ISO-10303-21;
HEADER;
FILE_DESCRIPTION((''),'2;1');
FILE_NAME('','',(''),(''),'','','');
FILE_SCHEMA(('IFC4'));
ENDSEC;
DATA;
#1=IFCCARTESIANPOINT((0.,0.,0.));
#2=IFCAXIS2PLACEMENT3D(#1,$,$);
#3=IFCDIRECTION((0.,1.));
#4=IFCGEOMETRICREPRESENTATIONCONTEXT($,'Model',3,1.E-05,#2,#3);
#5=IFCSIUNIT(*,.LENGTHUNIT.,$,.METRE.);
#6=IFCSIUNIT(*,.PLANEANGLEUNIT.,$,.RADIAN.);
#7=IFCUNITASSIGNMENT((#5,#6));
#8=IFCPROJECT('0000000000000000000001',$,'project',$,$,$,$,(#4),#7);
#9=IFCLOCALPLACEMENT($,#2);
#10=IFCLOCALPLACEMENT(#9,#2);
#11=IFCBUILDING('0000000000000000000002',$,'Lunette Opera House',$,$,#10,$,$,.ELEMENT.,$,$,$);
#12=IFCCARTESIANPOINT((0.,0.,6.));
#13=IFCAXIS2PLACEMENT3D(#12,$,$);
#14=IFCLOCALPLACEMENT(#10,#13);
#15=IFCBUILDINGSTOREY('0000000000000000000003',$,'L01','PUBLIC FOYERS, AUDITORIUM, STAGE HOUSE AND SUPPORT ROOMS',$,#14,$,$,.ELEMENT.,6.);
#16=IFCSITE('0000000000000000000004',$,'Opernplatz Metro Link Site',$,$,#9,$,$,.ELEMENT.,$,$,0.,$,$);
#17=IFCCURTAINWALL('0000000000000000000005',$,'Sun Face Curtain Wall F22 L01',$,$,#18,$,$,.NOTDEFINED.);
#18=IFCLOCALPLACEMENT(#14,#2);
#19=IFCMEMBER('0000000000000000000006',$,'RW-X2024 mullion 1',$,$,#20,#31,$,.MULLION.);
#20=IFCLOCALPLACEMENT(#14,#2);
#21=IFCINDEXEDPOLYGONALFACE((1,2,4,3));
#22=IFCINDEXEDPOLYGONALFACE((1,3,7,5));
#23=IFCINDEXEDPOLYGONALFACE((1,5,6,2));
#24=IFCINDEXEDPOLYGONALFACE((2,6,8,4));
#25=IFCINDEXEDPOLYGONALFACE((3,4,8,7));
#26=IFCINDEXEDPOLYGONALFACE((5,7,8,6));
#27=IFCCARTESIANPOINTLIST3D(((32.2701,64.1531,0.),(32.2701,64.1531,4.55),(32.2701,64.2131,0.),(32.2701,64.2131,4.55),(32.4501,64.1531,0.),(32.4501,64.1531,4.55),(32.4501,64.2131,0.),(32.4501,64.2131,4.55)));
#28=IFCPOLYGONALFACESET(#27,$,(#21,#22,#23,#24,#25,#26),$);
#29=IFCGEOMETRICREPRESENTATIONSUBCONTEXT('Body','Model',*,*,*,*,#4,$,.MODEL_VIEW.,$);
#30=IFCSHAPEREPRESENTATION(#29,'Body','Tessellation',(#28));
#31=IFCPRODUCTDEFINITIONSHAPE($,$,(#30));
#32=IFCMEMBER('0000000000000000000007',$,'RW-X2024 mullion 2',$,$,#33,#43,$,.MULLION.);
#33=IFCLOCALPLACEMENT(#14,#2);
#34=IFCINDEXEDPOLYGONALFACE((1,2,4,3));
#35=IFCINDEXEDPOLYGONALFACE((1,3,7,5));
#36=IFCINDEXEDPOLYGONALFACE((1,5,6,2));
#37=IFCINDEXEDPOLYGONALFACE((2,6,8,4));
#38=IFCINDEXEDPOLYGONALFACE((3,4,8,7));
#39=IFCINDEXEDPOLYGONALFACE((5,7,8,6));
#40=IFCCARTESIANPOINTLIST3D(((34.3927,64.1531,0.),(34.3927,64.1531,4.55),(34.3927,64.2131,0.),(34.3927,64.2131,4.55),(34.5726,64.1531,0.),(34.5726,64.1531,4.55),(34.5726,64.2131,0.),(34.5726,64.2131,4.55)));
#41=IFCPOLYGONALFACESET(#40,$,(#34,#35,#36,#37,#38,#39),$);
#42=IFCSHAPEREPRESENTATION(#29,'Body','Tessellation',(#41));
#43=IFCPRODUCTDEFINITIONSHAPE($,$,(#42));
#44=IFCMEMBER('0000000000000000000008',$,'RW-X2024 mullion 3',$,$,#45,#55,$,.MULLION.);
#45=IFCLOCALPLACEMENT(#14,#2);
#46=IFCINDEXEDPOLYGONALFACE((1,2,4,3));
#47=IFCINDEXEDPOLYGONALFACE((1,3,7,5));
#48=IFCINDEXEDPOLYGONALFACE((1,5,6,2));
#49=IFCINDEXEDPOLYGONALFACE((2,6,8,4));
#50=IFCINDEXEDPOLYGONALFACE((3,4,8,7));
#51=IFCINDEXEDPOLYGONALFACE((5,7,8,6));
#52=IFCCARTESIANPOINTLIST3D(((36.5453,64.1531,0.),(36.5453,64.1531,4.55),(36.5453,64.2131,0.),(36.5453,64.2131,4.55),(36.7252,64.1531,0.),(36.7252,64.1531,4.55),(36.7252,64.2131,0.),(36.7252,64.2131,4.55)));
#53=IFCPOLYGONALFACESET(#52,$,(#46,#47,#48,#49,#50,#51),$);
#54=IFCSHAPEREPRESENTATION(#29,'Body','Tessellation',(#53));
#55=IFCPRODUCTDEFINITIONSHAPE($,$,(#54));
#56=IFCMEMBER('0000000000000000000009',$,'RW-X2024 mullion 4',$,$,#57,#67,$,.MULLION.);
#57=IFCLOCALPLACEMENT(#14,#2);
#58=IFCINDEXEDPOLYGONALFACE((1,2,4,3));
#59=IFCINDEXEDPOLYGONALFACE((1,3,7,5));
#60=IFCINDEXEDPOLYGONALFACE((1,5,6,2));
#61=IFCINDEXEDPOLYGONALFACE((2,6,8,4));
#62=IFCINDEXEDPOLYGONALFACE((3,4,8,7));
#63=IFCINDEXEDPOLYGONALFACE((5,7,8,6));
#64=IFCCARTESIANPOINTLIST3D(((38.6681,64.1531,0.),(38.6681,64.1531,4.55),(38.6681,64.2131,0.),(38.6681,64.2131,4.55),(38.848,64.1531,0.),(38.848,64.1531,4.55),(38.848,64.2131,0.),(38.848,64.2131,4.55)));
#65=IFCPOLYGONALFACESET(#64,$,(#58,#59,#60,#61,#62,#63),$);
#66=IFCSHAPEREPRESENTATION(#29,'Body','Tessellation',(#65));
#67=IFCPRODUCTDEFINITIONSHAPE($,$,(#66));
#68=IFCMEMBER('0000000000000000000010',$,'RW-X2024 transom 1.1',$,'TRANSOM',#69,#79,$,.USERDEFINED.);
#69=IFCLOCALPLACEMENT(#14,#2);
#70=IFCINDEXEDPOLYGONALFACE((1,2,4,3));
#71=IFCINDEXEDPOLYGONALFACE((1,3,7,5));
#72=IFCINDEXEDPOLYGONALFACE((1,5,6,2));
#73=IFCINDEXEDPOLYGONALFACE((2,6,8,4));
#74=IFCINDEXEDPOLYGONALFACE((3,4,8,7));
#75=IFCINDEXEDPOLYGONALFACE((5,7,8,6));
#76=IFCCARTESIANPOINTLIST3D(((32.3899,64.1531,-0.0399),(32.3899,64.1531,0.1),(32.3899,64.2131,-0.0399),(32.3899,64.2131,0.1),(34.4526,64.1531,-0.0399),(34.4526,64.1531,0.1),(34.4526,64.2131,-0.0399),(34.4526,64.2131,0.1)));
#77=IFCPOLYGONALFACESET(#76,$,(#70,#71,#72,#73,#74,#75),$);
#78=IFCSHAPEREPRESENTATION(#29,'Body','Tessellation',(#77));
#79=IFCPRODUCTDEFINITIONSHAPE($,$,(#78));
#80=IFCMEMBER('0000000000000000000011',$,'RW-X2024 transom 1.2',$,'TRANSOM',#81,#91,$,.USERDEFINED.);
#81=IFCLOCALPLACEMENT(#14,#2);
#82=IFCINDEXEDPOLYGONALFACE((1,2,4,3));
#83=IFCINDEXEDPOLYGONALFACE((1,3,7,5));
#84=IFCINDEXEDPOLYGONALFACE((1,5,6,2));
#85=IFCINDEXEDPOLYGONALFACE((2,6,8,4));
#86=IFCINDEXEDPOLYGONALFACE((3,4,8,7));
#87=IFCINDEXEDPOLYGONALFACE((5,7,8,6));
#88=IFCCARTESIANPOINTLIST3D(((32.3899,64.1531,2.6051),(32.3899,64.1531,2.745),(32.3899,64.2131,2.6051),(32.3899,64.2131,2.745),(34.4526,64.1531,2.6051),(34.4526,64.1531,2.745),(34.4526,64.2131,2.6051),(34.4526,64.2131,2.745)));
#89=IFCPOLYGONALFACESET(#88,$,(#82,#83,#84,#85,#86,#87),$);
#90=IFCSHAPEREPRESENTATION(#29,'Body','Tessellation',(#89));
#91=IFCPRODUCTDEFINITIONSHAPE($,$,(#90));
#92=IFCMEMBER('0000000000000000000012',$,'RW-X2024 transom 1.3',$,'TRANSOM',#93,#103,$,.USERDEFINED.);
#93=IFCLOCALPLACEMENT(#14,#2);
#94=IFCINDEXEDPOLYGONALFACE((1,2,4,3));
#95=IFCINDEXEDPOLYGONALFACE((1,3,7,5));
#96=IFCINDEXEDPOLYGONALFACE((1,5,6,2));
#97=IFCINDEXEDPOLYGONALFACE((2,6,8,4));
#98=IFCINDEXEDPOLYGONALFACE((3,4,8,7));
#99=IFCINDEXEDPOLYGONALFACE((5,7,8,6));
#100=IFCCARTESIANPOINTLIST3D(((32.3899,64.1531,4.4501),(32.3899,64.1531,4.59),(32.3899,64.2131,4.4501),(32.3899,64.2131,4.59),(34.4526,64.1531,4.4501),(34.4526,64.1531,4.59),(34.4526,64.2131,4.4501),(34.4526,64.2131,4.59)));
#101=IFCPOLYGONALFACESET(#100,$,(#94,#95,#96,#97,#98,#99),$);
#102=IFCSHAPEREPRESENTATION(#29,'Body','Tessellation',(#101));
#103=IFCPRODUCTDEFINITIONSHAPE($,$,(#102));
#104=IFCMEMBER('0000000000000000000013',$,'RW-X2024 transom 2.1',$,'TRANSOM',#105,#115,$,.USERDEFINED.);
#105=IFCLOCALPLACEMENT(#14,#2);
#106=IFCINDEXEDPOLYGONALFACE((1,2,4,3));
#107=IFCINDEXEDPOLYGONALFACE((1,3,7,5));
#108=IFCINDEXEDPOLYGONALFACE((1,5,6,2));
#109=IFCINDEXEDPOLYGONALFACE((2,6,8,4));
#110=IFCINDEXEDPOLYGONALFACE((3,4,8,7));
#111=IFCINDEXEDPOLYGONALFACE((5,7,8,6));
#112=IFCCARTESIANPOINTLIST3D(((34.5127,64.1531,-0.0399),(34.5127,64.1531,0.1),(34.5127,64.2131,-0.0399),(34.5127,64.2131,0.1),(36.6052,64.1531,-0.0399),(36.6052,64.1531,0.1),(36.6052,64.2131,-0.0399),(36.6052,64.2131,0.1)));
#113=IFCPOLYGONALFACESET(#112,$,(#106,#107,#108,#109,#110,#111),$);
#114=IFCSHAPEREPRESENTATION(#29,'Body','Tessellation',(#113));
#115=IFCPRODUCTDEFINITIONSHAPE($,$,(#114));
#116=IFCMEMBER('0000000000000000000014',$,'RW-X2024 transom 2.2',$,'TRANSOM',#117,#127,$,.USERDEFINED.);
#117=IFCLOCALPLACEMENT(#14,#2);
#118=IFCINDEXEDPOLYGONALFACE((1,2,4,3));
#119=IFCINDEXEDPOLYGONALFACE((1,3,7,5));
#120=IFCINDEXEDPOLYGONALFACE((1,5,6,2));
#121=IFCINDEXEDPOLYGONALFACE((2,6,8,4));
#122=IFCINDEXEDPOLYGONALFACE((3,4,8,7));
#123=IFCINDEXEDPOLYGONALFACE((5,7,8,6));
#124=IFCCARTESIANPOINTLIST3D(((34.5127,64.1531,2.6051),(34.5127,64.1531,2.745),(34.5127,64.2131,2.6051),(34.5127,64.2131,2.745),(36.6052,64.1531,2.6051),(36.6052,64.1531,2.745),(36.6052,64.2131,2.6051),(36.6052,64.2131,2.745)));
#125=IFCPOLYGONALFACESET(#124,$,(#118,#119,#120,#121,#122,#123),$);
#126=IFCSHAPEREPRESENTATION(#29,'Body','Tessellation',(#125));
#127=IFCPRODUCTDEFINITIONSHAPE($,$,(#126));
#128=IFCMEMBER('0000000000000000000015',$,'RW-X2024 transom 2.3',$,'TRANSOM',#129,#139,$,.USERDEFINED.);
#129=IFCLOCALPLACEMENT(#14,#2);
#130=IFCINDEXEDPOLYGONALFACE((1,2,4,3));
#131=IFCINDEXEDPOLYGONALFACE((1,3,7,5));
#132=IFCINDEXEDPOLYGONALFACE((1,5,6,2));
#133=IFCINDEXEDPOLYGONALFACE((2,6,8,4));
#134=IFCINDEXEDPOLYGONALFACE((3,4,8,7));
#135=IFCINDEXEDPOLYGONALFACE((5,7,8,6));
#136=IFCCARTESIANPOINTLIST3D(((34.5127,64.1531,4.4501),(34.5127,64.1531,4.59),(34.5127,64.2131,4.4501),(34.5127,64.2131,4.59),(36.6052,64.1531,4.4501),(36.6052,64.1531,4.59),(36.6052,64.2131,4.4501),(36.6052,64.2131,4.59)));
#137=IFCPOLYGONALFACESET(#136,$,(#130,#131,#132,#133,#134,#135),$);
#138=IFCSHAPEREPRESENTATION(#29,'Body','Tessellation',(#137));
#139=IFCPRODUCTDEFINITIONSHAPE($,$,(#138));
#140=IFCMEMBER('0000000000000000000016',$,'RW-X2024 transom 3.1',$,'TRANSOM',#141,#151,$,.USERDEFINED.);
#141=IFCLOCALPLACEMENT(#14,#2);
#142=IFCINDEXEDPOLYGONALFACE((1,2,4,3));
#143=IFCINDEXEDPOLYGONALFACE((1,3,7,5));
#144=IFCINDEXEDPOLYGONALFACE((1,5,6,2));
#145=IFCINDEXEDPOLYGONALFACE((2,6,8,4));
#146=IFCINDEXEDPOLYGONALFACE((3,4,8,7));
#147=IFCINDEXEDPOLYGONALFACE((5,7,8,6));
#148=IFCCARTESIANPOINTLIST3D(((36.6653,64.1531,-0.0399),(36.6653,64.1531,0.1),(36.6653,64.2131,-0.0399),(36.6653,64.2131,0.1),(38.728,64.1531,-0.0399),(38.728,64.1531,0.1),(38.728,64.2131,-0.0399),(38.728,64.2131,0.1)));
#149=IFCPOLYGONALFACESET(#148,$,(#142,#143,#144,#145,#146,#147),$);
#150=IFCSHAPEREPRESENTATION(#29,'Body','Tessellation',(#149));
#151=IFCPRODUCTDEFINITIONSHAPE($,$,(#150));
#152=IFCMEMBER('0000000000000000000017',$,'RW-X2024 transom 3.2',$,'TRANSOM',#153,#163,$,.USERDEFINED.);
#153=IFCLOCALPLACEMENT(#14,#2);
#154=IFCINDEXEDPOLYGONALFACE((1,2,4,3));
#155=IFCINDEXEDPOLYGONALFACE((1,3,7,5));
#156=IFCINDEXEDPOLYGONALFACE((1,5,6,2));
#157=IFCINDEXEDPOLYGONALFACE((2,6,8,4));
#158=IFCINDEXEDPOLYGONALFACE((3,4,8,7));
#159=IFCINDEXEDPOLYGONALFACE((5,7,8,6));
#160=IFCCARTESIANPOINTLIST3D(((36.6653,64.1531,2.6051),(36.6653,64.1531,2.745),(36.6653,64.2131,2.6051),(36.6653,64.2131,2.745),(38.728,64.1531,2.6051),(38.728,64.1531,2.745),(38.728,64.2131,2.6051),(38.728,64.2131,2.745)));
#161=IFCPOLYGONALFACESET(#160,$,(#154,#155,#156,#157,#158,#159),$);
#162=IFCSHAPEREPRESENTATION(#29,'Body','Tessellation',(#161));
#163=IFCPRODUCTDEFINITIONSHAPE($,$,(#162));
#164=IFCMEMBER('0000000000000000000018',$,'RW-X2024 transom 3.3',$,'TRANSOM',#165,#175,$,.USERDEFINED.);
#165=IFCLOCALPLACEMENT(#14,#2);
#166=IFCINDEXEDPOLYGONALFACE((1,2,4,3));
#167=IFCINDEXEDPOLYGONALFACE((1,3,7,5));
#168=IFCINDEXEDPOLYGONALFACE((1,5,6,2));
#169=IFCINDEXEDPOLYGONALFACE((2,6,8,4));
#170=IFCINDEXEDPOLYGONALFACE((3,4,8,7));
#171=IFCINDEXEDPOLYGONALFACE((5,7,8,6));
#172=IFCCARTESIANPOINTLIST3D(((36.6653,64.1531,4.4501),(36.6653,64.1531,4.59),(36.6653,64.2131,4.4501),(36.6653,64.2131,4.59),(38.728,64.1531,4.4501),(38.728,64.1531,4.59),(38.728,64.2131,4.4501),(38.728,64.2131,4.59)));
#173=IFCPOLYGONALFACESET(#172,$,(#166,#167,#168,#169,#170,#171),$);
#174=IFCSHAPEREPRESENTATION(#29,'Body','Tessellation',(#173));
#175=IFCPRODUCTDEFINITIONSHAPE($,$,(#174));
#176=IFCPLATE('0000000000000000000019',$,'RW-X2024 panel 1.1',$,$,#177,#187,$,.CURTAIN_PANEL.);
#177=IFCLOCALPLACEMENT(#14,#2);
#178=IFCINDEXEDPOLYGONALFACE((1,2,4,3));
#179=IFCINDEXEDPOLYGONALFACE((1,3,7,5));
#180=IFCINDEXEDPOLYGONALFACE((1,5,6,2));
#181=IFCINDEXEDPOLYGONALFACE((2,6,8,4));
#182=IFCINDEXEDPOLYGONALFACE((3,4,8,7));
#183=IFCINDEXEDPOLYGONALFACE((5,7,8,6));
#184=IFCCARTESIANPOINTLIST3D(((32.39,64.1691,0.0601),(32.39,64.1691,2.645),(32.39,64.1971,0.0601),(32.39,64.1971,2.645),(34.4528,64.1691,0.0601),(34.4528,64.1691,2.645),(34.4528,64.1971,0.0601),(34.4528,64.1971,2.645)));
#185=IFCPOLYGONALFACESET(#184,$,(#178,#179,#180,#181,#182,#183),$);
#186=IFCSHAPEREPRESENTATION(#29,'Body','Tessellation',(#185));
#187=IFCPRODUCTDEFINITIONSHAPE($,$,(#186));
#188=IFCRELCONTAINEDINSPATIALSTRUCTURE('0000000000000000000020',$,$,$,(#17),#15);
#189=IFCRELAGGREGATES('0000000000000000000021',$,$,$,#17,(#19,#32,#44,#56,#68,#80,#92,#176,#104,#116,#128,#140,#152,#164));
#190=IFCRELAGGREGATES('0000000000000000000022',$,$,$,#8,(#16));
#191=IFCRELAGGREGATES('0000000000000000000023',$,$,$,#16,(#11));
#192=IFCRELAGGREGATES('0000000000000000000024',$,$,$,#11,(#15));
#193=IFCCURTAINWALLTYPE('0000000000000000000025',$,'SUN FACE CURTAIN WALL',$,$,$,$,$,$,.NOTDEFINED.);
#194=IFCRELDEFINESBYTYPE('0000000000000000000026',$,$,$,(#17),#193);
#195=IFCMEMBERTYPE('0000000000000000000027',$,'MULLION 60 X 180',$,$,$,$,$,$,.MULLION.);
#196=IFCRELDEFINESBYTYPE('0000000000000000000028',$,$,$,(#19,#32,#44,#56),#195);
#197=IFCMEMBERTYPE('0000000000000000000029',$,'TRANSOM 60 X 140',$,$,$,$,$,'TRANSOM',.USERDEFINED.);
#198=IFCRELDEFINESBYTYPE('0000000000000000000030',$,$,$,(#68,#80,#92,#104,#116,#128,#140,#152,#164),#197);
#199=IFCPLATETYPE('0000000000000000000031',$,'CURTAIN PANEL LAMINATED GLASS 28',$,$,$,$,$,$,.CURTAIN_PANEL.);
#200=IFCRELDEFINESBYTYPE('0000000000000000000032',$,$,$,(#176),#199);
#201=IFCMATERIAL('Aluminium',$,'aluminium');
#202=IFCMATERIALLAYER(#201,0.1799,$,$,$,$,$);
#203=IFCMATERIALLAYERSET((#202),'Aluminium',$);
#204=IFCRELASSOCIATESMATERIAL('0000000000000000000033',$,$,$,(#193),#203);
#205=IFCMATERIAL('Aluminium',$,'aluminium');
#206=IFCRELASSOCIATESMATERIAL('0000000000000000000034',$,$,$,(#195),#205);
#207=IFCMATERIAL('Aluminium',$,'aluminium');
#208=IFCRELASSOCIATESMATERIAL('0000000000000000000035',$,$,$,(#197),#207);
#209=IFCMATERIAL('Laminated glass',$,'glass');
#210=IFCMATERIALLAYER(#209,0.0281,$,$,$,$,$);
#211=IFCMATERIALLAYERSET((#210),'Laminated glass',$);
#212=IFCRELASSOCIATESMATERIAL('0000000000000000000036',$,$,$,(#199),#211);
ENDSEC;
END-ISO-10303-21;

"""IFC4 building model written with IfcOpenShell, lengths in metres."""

from ifc_helpers import new_model, si_unit, direction, frame, origin, origin_2d, place, context, subcontext, project, spatial, rectangle, extrude, material, layer, layer_set, material_profile, profile_set, type_object, element, aggregate, save


model = new_model("IFC4")

# Units and contexts
model_context = context("Model", 3, precision=1e-05, world=origin(), true_north=direction((0.0, 1.0)))
body_context = subcontext(model_context, "Body", "Model", "MODEL_VIEW")
ifc_project = project(units=[si_unit("LENGTHUNIT", "METRE"), si_unit("PLANEANGLEUNIT", "RADIAN")], contexts=[model_context])

# Site, building, storey
site_placement = place(None, origin())
site = spatial("IfcSite", under=ifc_project, at=site_placement, Name="Opernplatz Metro Link Site", CompositionType="ELEMENT", RefElevation=0.0)
building_placement = place(site_placement, origin())
building = spatial("IfcBuilding", under=site, at=building_placement, Name="Lunette Opera House", CompositionType="ELEMENT")
storey_placement = place(building_placement, frame((0.0, 0.0, 6.0)))
storey = spatial("IfcBuildingStorey", under=building, at=storey_placement, Name="L01", Description="PUBLIC FOYERS, AUDITORIUM, STAGE HOUSE AND SUPPORT ROOMS", CompositionType="ELEMENT", Elevation=6.0)

# Curtain wall, members, plate
ifc_material_1 = material(Name="Aluminium", Category="aluminium")
ifc_layer_1 = layer(ifc_material_1, 0.1799)
ifc_layer_set_1 = layer_set([ifc_layer_1], Name="Aluminium")
curtain_wall_type = type_object("IfcCurtainWallType", Name="SUN FACE CURTAIN WALL", PredefinedType="NOTDEFINED", material=ifc_layer_set_1)
curtain_wall_placement = place(storey_placement, origin())
curtain_wall = element("IfcCurtainWall", 1, at=curtain_wall_placement, inside=storey, type_object=curtain_wall_type, Name="Sun Face Curtain Wall F22 L01", PredefinedType="NOTDEFINED")
ifc_material_2 = material(Name="Aluminium", Category="aluminium")
ifc_material_profile_1 = material_profile(ifc_material_2, rectangle(XDim=0.0601, YDim=0.1799, at=origin_2d()), Name="MULLION 60 X 180")
ifc_profile_set_1 = profile_set([ifc_material_profile_1], Name="Aluminium")
member_type_1 = type_object("IfcMemberType", Name="MULLION 60 X 180", PredefinedType="MULLION", material=ifc_profile_set_1)
member_1_placement = place(storey_placement, frame((32.3601, 64.1831, 0.0), z_axis=(0.0, 0.0, 1.0), x_axis=(0.0, 1.0, 0.0)))
member_1 = element("IfcMember", 2, at=member_1_placement, type_object=member_type_1, Name="RW-X2024 mullion 1", PredefinedType="MULLION", context=body_context, shape_type="SweptSolid", body=[
    extrude(rectangle(XDim=0.0601, YDim=0.1799, at=origin_2d()), origin(), (0.0, 0.0, 1.0), 4.55),
])
member_2_placement = place(storey_placement, frame((34.4827, 64.1831, 0.0), z_axis=(0.0, 0.0, 1.0), x_axis=(0.0, 1.0, 0.0)))
member_2 = element("IfcMember", 3, at=member_2_placement, type_object=member_type_1, Name="RW-X2024 mullion 2", PredefinedType="MULLION", context=body_context, shape_type="SweptSolid", body=[
    extrude(rectangle(XDim=0.0601, YDim=0.1799, at=origin_2d()), origin(), (0.0, 0.0, 1.0), 4.55),
])
member_3_placement = place(storey_placement, frame((36.6353, 64.1831, 0.0), z_axis=(0.0, 0.0, 1.0), x_axis=(0.0, 1.0, 0.0)))
member_3 = element("IfcMember", 4, at=member_3_placement, type_object=member_type_1, Name="RW-X2024 mullion 3", PredefinedType="MULLION", context=body_context, shape_type="SweptSolid", body=[
    extrude(rectangle(XDim=0.0601, YDim=0.1799, at=origin_2d()), origin(), (0.0, 0.0, 1.0), 4.55),
])
member_4_placement = place(storey_placement, frame((38.7581, 64.1831, 0.0), z_axis=(0.0, 0.0, 1.0), x_axis=(0.0, 1.0, 0.0)))
member_4 = element("IfcMember", 5, at=member_4_placement, type_object=member_type_1, Name="RW-X2024 mullion 4", PredefinedType="MULLION", context=body_context, shape_type="SweptSolid", body=[
    extrude(rectangle(XDim=0.0601, YDim=0.1799, at=origin_2d()), origin(), (0.0, 0.0, 1.0), 4.55),
])
ifc_material_3 = material(Name="Aluminium", Category="aluminium")
ifc_material_profile_2 = material_profile(ifc_material_3, rectangle(XDim=0.0601, YDim=0.1399, at=origin_2d()), Name="TRANSOM 60 X 140")
ifc_profile_set_2 = profile_set([ifc_material_profile_2], Name="Aluminium")
member_type_2 = type_object("IfcMemberType", Name="TRANSOM 60 X 140", ElementType="TRANSOM", PredefinedType="USERDEFINED", material=ifc_profile_set_2)
member_5_placement = place(storey_placement, frame((32.3899, 64.1831, 0.03), z_axis=(1.0, 0.0, 0.0), x_axis=(0.0, 1.0, 0.0)))
member_5 = element("IfcMember", 6, at=member_5_placement, type_object=member_type_2, Name="RW-X2024 transom 1.1", ObjectType="TRANSOM", PredefinedType="USERDEFINED", context=body_context, shape_type="SweptSolid", body=[
    extrude(rectangle(XDim=0.0601, YDim=0.1399, at=origin_2d()), origin(), (0.0, 0.0, 1.0), 2.0627),
])
member_6_placement = place(storey_placement, frame((32.3899, 64.1831, 2.675), z_axis=(1.0, 0.0, 0.0), x_axis=(0.0, 1.0, 0.0)))
member_6 = element("IfcMember", 7, at=member_6_placement, type_object=member_type_2, Name="RW-X2024 transom 1.2", ObjectType="TRANSOM", PredefinedType="USERDEFINED", context=body_context, shape_type="SweptSolid", body=[
    extrude(rectangle(XDim=0.0601, YDim=0.1399, at=origin_2d()), origin(), (0.0, 0.0, 1.0), 2.0627),
])
member_7_placement = place(storey_placement, frame((32.3899, 64.1831, 4.52), z_axis=(1.0, 0.0, 0.0), x_axis=(0.0, 1.0, 0.0)))
member_7 = element("IfcMember", 8, at=member_7_placement, type_object=member_type_2, Name="RW-X2024 transom 1.3", ObjectType="TRANSOM", PredefinedType="USERDEFINED", context=body_context, shape_type="SweptSolid", body=[
    extrude(rectangle(XDim=0.0601, YDim=0.1399, at=origin_2d()), origin(), (0.0, 0.0, 1.0), 2.0627),
])
member_8_placement = place(storey_placement, frame((34.5127, 64.1831, 0.03), z_axis=(1.0, 0.0, 0.0), x_axis=(0.0, 1.0, 0.0)))
member_8 = element("IfcMember", 9, at=member_8_placement, type_object=member_type_2, Name="RW-X2024 transom 2.1", ObjectType="TRANSOM", PredefinedType="USERDEFINED", context=body_context, shape_type="SweptSolid", body=[
    extrude(rectangle(XDim=0.0601, YDim=0.1399, at=origin_2d()), origin(), (0.0, 0.0, 1.0), 2.0925),
])
member_9_placement = place(storey_placement, frame((34.5127, 64.1831, 2.675), z_axis=(1.0, 0.0, 0.0), x_axis=(0.0, 1.0, 0.0)))
member_9 = element("IfcMember", 10, at=member_9_placement, type_object=member_type_2, Name="RW-X2024 transom 2.2", ObjectType="TRANSOM", PredefinedType="USERDEFINED", context=body_context, shape_type="SweptSolid", body=[
    extrude(rectangle(XDim=0.0601, YDim=0.1399, at=origin_2d()), origin(), (0.0, 0.0, 1.0), 2.0925),
])
member_10_placement = place(storey_placement, frame((34.5127, 64.1831, 4.52), z_axis=(1.0, 0.0, 0.0), x_axis=(0.0, 1.0, 0.0)))
member_10 = element("IfcMember", 11, at=member_10_placement, type_object=member_type_2, Name="RW-X2024 transom 2.3", ObjectType="TRANSOM", PredefinedType="USERDEFINED", context=body_context, shape_type="SweptSolid", body=[
    extrude(rectangle(XDim=0.0601, YDim=0.1399, at=origin_2d()), origin(), (0.0, 0.0, 1.0), 2.0925),
])
member_11_placement = place(storey_placement, frame((36.6653, 64.1831, 0.03), z_axis=(1.0, 0.0, 0.0), x_axis=(0.0, 1.0, 0.0)))
member_11 = element("IfcMember", 12, at=member_11_placement, type_object=member_type_2, Name="RW-X2024 transom 3.1", ObjectType="TRANSOM", PredefinedType="USERDEFINED", context=body_context, shape_type="SweptSolid", body=[
    extrude(rectangle(XDim=0.0601, YDim=0.1399, at=origin_2d()), origin(), (0.0, 0.0, 1.0), 2.0627),
])
member_12_placement = place(storey_placement, frame((36.6653, 64.1831, 2.675), z_axis=(1.0, 0.0, 0.0), x_axis=(0.0, 1.0, 0.0)))
member_12 = element("IfcMember", 13, at=member_12_placement, type_object=member_type_2, Name="RW-X2024 transom 3.2", ObjectType="TRANSOM", PredefinedType="USERDEFINED", context=body_context, shape_type="SweptSolid", body=[
    extrude(rectangle(XDim=0.0601, YDim=0.1399, at=origin_2d()), origin(), (0.0, 0.0, 1.0), 2.0627),
])
member_13_placement = place(storey_placement, frame((36.6653, 64.1831, 4.52), z_axis=(1.0, 0.0, 0.0), x_axis=(0.0, 1.0, 0.0)))
member_13 = element("IfcMember", 14, at=member_13_placement, type_object=member_type_2, Name="RW-X2024 transom 3.3", ObjectType="TRANSOM", PredefinedType="USERDEFINED", context=body_context, shape_type="SweptSolid", body=[
    extrude(rectangle(XDim=0.0601, YDim=0.1399, at=origin_2d()), origin(), (0.0, 0.0, 1.0), 2.0627),
])
ifc_material_4 = material(Name="Laminated glass", Category="glass")
ifc_layer_2 = layer(ifc_material_4, 0.0281)
ifc_layer_set_2 = layer_set([ifc_layer_2], Name="Laminated glass")
plate_type = type_object("IfcPlateType", Name="CURTAIN PANEL LAMINATED GLASS 28", PredefinedType="CURTAIN_PANEL", material=ifc_layer_set_2)
plate_1_placement = place(storey_placement, frame((33.4214, 64.1831, 0.0601), z_axis=(0.0, 0.0, 1.0), x_axis=(1.0, 0.0, 0.0)))
plate_1 = element("IfcPlate", 15, at=plate_1_placement, type_object=plate_type, Name="RW-X2024 panel 1.1", PredefinedType="CURTAIN_PANEL", context=body_context, shape_type="SweptSolid", body=[
    extrude(rectangle(XDim=2.0627, YDim=0.0281, at=origin_2d()), origin(), (0.0, 0.0, 1.0), 2.585),
])
aggregate(curtain_wall, [member_1, member_2, member_3, member_4, member_5, member_6, member_7, plate_1, member_8, member_9, member_10, member_11, member_12, member_13])

save(model, "model.ifc")
